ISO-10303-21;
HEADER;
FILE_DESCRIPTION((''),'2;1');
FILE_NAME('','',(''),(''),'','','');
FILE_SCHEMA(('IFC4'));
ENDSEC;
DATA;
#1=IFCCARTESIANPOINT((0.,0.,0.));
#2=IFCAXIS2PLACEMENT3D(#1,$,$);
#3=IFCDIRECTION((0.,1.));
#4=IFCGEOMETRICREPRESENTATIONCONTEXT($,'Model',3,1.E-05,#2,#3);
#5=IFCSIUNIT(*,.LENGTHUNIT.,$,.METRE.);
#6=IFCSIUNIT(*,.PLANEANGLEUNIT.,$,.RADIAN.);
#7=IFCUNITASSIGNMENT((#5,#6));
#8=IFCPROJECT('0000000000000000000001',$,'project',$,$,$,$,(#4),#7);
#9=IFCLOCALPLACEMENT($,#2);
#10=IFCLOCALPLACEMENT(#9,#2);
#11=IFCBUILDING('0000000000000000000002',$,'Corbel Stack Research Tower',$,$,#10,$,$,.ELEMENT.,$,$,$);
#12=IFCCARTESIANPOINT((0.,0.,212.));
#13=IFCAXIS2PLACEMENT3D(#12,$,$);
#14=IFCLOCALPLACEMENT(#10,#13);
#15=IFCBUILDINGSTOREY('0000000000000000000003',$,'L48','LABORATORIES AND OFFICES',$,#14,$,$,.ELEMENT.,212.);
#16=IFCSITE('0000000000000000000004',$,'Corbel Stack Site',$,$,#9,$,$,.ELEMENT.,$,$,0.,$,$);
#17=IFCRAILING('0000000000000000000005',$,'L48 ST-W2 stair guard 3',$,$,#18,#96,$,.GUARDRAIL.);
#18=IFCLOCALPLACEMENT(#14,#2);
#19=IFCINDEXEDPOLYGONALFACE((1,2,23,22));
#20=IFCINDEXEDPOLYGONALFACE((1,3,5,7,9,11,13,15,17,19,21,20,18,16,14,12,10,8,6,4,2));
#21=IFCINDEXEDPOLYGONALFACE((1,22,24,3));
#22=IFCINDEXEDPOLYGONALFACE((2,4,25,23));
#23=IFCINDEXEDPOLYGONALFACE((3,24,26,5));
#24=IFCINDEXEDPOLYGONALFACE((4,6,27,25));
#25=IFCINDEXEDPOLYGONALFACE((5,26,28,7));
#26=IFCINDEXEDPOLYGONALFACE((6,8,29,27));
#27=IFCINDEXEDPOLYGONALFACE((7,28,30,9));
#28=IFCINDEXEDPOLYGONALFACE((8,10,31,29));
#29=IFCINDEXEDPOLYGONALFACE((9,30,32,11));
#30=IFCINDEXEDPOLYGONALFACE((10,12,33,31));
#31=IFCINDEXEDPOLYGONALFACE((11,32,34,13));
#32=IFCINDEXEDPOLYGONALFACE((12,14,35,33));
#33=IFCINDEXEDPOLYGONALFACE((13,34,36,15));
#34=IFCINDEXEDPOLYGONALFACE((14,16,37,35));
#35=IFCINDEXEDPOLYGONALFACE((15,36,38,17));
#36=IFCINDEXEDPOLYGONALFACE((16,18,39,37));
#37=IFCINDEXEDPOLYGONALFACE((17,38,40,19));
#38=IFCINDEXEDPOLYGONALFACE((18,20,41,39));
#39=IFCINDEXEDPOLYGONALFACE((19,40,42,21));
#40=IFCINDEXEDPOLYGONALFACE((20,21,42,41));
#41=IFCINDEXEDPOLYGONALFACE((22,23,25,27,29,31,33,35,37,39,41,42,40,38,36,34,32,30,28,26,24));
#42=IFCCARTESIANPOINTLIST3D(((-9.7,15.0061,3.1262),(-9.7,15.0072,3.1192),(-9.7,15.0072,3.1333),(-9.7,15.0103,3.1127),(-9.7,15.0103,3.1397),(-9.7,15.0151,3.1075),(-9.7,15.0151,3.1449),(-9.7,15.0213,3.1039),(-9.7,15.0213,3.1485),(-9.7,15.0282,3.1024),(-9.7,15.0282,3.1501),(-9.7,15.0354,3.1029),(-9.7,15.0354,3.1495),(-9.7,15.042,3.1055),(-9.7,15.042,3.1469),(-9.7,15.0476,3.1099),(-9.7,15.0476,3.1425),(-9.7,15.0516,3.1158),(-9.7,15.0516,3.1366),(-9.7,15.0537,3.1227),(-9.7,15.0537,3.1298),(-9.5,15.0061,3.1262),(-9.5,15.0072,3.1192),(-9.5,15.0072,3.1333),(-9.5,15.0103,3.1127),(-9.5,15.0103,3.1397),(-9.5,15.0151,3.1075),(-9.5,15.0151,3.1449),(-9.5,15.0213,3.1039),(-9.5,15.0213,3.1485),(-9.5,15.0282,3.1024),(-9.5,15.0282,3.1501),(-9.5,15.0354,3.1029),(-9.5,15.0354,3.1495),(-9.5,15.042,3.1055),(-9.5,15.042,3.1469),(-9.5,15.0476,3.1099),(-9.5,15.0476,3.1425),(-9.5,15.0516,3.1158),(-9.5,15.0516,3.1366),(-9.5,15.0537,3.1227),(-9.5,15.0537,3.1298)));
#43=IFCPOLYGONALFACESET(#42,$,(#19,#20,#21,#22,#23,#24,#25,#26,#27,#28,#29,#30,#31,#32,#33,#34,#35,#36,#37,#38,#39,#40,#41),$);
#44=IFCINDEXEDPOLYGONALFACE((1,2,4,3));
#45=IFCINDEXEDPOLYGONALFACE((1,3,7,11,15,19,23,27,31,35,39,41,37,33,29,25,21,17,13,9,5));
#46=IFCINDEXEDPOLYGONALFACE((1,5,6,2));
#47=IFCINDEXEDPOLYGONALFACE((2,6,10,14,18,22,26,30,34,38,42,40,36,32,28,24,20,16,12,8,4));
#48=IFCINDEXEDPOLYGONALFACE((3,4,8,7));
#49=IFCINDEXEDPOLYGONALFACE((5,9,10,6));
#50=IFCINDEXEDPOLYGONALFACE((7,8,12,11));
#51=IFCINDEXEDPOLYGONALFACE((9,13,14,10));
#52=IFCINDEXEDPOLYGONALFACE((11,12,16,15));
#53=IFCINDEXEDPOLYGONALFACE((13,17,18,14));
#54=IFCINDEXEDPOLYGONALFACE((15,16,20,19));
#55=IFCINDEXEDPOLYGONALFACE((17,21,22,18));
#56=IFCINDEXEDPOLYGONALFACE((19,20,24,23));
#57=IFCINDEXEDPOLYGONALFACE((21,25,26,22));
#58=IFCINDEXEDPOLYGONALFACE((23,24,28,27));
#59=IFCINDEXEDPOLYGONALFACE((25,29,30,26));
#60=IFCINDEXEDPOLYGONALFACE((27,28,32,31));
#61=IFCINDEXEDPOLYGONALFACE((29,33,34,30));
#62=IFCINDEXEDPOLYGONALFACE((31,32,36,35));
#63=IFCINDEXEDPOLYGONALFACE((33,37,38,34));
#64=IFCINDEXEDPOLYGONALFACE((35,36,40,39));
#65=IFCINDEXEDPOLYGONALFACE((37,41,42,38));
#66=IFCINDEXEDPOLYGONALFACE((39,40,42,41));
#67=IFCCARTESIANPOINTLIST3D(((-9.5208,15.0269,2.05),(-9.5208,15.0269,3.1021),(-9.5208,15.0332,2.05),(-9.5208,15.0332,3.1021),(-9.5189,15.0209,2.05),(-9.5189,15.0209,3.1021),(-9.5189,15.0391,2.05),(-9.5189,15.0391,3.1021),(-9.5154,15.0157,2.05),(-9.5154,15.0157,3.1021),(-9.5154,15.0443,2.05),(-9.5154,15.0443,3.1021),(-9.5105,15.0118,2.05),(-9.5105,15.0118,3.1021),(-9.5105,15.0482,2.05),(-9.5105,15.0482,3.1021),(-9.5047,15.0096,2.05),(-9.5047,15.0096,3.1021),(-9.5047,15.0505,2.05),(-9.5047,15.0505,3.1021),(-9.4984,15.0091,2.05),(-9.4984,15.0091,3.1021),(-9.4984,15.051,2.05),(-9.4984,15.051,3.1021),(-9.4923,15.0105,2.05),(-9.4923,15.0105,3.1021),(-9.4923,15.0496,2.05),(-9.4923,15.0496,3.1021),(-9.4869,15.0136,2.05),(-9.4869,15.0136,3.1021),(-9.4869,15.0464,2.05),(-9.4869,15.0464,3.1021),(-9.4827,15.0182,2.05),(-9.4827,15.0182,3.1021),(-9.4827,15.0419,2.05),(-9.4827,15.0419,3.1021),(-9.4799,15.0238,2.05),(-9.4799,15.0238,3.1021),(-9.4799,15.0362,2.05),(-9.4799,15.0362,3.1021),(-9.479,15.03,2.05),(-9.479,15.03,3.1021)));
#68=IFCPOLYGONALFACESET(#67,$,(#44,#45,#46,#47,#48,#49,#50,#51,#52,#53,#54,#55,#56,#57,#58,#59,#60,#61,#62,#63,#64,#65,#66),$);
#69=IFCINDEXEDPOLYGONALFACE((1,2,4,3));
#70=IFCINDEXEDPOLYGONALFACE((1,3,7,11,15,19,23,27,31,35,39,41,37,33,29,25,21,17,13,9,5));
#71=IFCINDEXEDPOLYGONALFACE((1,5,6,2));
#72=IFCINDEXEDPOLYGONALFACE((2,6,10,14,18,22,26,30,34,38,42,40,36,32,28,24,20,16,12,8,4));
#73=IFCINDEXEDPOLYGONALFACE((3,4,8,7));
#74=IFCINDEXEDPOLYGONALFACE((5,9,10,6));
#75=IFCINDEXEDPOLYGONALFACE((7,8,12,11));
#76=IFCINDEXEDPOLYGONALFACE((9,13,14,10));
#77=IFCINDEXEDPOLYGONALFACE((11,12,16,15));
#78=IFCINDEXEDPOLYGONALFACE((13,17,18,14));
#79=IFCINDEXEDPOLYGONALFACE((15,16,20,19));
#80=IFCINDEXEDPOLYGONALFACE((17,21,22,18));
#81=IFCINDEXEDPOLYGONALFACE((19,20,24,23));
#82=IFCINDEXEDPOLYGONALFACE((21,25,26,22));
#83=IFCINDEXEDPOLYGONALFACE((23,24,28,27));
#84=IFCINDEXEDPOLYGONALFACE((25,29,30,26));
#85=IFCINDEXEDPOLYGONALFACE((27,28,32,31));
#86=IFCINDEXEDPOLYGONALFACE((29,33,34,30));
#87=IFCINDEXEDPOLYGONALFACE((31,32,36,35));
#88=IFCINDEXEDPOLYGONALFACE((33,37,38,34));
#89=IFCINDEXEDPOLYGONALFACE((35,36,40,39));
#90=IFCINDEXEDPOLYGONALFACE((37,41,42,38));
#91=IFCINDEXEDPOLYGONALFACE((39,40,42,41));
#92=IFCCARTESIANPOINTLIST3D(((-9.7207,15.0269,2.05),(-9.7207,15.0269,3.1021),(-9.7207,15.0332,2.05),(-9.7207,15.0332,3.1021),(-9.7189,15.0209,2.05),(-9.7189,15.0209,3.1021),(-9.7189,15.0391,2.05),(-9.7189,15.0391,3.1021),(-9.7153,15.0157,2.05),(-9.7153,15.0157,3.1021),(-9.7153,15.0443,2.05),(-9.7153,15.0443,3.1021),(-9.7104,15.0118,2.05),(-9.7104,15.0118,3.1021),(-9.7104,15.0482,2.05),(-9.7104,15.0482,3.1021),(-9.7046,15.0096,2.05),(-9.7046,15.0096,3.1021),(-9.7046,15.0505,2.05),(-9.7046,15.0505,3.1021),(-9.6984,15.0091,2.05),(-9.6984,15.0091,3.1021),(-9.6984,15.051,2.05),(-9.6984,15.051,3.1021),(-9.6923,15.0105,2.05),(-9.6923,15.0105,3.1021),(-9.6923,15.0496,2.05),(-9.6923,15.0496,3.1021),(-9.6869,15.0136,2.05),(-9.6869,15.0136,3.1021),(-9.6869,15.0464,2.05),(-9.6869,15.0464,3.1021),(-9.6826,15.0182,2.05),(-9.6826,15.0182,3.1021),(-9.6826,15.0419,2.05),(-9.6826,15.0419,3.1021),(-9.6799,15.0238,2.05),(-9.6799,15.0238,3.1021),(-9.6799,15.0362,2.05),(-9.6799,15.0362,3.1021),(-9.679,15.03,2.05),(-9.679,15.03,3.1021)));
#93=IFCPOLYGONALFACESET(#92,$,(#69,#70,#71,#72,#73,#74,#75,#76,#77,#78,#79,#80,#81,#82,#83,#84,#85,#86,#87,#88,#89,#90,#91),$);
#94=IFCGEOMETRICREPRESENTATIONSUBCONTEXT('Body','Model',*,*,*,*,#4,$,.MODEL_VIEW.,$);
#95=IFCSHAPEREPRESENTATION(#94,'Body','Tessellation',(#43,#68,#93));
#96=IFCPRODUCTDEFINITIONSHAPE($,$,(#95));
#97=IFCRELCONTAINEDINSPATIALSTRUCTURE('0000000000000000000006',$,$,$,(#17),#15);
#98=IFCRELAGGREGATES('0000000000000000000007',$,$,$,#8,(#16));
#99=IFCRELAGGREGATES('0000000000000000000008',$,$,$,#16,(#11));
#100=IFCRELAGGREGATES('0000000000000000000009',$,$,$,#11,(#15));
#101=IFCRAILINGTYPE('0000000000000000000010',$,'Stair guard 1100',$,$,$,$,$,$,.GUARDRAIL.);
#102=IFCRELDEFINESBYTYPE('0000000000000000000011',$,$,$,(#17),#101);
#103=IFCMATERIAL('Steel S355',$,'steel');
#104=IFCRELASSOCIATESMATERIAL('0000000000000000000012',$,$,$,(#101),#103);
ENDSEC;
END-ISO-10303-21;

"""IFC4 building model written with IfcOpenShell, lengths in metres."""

from ifc_helpers import new_model, si_unit, direction, frame, origin, origin_2d, place, context, subcontext, project, spatial, circle, extrude, material, type_object, element, save


model = new_model("IFC4")

# Units and contexts
model_context = context("Model", 3, precision=1e-05, world=origin(), true_north=direction((0.0, 1.0)))
body_context = subcontext(model_context, "Body", "Model", "MODEL_VIEW")
ifc_project = project(units=[si_unit("LENGTHUNIT", "METRE"), si_unit("PLANEANGLEUNIT", "RADIAN")], contexts=[model_context])

# Site, building, storey
site_placement = place(None, origin())
site = spatial("IfcSite", under=ifc_project, at=site_placement, Name="Corbel Stack Site", CompositionType="ELEMENT", RefElevation=0.0)
building_placement = place(site_placement, origin())
building = spatial("IfcBuilding", under=site, at=building_placement, Name="Corbel Stack Research Tower", CompositionType="ELEMENT")
storey_placement = place(building_placement, frame((0.0, 0.0, 212.0)))
storey = spatial("IfcBuildingStorey", under=building, at=storey_placement, Name="L48", Description="LABORATORIES AND OFFICES", CompositionType="ELEMENT", Elevation=212.0)

# Railing
ifc_material_1 = material(Name="Steel S355", Category="steel")
railing_type_1 = type_object("IfcRailingType", Name="Stair guard 1100", PredefinedType="GUARDRAIL", material=ifc_material_1)
railing_1_placement = place(storey_placement, frame((-9.5, 15.03, 2.05)))
element("IfcRailing", 1, at=railing_1_placement, inside=storey, type_object=railing_type_1, Name="L48 ST-W2 stair guard 3", PredefinedType="GUARDRAIL", context=body_context, shape_type="SweptSolid", body=[
    extrude(circle(Radius=0.0239, at=origin_2d()), frame((0.0, 0.0, 1.0762), z_axis=(-1.0, 0.0, 0.0), x_axis=(0.0, -1.0, 0.0)), (0.0, 0.0, 1.0), 0.2),
    extrude(circle(Radius=0.021, at=origin_2d()), origin(), (0.0, 0.0, 1.0), 1.052),
    extrude(circle(Radius=0.021, at=origin_2d()), frame((-0.2, 0.0, 0.0)), (0.0, 0.0, 1.0), 1.052),
])

save(model, "model.ifc")
